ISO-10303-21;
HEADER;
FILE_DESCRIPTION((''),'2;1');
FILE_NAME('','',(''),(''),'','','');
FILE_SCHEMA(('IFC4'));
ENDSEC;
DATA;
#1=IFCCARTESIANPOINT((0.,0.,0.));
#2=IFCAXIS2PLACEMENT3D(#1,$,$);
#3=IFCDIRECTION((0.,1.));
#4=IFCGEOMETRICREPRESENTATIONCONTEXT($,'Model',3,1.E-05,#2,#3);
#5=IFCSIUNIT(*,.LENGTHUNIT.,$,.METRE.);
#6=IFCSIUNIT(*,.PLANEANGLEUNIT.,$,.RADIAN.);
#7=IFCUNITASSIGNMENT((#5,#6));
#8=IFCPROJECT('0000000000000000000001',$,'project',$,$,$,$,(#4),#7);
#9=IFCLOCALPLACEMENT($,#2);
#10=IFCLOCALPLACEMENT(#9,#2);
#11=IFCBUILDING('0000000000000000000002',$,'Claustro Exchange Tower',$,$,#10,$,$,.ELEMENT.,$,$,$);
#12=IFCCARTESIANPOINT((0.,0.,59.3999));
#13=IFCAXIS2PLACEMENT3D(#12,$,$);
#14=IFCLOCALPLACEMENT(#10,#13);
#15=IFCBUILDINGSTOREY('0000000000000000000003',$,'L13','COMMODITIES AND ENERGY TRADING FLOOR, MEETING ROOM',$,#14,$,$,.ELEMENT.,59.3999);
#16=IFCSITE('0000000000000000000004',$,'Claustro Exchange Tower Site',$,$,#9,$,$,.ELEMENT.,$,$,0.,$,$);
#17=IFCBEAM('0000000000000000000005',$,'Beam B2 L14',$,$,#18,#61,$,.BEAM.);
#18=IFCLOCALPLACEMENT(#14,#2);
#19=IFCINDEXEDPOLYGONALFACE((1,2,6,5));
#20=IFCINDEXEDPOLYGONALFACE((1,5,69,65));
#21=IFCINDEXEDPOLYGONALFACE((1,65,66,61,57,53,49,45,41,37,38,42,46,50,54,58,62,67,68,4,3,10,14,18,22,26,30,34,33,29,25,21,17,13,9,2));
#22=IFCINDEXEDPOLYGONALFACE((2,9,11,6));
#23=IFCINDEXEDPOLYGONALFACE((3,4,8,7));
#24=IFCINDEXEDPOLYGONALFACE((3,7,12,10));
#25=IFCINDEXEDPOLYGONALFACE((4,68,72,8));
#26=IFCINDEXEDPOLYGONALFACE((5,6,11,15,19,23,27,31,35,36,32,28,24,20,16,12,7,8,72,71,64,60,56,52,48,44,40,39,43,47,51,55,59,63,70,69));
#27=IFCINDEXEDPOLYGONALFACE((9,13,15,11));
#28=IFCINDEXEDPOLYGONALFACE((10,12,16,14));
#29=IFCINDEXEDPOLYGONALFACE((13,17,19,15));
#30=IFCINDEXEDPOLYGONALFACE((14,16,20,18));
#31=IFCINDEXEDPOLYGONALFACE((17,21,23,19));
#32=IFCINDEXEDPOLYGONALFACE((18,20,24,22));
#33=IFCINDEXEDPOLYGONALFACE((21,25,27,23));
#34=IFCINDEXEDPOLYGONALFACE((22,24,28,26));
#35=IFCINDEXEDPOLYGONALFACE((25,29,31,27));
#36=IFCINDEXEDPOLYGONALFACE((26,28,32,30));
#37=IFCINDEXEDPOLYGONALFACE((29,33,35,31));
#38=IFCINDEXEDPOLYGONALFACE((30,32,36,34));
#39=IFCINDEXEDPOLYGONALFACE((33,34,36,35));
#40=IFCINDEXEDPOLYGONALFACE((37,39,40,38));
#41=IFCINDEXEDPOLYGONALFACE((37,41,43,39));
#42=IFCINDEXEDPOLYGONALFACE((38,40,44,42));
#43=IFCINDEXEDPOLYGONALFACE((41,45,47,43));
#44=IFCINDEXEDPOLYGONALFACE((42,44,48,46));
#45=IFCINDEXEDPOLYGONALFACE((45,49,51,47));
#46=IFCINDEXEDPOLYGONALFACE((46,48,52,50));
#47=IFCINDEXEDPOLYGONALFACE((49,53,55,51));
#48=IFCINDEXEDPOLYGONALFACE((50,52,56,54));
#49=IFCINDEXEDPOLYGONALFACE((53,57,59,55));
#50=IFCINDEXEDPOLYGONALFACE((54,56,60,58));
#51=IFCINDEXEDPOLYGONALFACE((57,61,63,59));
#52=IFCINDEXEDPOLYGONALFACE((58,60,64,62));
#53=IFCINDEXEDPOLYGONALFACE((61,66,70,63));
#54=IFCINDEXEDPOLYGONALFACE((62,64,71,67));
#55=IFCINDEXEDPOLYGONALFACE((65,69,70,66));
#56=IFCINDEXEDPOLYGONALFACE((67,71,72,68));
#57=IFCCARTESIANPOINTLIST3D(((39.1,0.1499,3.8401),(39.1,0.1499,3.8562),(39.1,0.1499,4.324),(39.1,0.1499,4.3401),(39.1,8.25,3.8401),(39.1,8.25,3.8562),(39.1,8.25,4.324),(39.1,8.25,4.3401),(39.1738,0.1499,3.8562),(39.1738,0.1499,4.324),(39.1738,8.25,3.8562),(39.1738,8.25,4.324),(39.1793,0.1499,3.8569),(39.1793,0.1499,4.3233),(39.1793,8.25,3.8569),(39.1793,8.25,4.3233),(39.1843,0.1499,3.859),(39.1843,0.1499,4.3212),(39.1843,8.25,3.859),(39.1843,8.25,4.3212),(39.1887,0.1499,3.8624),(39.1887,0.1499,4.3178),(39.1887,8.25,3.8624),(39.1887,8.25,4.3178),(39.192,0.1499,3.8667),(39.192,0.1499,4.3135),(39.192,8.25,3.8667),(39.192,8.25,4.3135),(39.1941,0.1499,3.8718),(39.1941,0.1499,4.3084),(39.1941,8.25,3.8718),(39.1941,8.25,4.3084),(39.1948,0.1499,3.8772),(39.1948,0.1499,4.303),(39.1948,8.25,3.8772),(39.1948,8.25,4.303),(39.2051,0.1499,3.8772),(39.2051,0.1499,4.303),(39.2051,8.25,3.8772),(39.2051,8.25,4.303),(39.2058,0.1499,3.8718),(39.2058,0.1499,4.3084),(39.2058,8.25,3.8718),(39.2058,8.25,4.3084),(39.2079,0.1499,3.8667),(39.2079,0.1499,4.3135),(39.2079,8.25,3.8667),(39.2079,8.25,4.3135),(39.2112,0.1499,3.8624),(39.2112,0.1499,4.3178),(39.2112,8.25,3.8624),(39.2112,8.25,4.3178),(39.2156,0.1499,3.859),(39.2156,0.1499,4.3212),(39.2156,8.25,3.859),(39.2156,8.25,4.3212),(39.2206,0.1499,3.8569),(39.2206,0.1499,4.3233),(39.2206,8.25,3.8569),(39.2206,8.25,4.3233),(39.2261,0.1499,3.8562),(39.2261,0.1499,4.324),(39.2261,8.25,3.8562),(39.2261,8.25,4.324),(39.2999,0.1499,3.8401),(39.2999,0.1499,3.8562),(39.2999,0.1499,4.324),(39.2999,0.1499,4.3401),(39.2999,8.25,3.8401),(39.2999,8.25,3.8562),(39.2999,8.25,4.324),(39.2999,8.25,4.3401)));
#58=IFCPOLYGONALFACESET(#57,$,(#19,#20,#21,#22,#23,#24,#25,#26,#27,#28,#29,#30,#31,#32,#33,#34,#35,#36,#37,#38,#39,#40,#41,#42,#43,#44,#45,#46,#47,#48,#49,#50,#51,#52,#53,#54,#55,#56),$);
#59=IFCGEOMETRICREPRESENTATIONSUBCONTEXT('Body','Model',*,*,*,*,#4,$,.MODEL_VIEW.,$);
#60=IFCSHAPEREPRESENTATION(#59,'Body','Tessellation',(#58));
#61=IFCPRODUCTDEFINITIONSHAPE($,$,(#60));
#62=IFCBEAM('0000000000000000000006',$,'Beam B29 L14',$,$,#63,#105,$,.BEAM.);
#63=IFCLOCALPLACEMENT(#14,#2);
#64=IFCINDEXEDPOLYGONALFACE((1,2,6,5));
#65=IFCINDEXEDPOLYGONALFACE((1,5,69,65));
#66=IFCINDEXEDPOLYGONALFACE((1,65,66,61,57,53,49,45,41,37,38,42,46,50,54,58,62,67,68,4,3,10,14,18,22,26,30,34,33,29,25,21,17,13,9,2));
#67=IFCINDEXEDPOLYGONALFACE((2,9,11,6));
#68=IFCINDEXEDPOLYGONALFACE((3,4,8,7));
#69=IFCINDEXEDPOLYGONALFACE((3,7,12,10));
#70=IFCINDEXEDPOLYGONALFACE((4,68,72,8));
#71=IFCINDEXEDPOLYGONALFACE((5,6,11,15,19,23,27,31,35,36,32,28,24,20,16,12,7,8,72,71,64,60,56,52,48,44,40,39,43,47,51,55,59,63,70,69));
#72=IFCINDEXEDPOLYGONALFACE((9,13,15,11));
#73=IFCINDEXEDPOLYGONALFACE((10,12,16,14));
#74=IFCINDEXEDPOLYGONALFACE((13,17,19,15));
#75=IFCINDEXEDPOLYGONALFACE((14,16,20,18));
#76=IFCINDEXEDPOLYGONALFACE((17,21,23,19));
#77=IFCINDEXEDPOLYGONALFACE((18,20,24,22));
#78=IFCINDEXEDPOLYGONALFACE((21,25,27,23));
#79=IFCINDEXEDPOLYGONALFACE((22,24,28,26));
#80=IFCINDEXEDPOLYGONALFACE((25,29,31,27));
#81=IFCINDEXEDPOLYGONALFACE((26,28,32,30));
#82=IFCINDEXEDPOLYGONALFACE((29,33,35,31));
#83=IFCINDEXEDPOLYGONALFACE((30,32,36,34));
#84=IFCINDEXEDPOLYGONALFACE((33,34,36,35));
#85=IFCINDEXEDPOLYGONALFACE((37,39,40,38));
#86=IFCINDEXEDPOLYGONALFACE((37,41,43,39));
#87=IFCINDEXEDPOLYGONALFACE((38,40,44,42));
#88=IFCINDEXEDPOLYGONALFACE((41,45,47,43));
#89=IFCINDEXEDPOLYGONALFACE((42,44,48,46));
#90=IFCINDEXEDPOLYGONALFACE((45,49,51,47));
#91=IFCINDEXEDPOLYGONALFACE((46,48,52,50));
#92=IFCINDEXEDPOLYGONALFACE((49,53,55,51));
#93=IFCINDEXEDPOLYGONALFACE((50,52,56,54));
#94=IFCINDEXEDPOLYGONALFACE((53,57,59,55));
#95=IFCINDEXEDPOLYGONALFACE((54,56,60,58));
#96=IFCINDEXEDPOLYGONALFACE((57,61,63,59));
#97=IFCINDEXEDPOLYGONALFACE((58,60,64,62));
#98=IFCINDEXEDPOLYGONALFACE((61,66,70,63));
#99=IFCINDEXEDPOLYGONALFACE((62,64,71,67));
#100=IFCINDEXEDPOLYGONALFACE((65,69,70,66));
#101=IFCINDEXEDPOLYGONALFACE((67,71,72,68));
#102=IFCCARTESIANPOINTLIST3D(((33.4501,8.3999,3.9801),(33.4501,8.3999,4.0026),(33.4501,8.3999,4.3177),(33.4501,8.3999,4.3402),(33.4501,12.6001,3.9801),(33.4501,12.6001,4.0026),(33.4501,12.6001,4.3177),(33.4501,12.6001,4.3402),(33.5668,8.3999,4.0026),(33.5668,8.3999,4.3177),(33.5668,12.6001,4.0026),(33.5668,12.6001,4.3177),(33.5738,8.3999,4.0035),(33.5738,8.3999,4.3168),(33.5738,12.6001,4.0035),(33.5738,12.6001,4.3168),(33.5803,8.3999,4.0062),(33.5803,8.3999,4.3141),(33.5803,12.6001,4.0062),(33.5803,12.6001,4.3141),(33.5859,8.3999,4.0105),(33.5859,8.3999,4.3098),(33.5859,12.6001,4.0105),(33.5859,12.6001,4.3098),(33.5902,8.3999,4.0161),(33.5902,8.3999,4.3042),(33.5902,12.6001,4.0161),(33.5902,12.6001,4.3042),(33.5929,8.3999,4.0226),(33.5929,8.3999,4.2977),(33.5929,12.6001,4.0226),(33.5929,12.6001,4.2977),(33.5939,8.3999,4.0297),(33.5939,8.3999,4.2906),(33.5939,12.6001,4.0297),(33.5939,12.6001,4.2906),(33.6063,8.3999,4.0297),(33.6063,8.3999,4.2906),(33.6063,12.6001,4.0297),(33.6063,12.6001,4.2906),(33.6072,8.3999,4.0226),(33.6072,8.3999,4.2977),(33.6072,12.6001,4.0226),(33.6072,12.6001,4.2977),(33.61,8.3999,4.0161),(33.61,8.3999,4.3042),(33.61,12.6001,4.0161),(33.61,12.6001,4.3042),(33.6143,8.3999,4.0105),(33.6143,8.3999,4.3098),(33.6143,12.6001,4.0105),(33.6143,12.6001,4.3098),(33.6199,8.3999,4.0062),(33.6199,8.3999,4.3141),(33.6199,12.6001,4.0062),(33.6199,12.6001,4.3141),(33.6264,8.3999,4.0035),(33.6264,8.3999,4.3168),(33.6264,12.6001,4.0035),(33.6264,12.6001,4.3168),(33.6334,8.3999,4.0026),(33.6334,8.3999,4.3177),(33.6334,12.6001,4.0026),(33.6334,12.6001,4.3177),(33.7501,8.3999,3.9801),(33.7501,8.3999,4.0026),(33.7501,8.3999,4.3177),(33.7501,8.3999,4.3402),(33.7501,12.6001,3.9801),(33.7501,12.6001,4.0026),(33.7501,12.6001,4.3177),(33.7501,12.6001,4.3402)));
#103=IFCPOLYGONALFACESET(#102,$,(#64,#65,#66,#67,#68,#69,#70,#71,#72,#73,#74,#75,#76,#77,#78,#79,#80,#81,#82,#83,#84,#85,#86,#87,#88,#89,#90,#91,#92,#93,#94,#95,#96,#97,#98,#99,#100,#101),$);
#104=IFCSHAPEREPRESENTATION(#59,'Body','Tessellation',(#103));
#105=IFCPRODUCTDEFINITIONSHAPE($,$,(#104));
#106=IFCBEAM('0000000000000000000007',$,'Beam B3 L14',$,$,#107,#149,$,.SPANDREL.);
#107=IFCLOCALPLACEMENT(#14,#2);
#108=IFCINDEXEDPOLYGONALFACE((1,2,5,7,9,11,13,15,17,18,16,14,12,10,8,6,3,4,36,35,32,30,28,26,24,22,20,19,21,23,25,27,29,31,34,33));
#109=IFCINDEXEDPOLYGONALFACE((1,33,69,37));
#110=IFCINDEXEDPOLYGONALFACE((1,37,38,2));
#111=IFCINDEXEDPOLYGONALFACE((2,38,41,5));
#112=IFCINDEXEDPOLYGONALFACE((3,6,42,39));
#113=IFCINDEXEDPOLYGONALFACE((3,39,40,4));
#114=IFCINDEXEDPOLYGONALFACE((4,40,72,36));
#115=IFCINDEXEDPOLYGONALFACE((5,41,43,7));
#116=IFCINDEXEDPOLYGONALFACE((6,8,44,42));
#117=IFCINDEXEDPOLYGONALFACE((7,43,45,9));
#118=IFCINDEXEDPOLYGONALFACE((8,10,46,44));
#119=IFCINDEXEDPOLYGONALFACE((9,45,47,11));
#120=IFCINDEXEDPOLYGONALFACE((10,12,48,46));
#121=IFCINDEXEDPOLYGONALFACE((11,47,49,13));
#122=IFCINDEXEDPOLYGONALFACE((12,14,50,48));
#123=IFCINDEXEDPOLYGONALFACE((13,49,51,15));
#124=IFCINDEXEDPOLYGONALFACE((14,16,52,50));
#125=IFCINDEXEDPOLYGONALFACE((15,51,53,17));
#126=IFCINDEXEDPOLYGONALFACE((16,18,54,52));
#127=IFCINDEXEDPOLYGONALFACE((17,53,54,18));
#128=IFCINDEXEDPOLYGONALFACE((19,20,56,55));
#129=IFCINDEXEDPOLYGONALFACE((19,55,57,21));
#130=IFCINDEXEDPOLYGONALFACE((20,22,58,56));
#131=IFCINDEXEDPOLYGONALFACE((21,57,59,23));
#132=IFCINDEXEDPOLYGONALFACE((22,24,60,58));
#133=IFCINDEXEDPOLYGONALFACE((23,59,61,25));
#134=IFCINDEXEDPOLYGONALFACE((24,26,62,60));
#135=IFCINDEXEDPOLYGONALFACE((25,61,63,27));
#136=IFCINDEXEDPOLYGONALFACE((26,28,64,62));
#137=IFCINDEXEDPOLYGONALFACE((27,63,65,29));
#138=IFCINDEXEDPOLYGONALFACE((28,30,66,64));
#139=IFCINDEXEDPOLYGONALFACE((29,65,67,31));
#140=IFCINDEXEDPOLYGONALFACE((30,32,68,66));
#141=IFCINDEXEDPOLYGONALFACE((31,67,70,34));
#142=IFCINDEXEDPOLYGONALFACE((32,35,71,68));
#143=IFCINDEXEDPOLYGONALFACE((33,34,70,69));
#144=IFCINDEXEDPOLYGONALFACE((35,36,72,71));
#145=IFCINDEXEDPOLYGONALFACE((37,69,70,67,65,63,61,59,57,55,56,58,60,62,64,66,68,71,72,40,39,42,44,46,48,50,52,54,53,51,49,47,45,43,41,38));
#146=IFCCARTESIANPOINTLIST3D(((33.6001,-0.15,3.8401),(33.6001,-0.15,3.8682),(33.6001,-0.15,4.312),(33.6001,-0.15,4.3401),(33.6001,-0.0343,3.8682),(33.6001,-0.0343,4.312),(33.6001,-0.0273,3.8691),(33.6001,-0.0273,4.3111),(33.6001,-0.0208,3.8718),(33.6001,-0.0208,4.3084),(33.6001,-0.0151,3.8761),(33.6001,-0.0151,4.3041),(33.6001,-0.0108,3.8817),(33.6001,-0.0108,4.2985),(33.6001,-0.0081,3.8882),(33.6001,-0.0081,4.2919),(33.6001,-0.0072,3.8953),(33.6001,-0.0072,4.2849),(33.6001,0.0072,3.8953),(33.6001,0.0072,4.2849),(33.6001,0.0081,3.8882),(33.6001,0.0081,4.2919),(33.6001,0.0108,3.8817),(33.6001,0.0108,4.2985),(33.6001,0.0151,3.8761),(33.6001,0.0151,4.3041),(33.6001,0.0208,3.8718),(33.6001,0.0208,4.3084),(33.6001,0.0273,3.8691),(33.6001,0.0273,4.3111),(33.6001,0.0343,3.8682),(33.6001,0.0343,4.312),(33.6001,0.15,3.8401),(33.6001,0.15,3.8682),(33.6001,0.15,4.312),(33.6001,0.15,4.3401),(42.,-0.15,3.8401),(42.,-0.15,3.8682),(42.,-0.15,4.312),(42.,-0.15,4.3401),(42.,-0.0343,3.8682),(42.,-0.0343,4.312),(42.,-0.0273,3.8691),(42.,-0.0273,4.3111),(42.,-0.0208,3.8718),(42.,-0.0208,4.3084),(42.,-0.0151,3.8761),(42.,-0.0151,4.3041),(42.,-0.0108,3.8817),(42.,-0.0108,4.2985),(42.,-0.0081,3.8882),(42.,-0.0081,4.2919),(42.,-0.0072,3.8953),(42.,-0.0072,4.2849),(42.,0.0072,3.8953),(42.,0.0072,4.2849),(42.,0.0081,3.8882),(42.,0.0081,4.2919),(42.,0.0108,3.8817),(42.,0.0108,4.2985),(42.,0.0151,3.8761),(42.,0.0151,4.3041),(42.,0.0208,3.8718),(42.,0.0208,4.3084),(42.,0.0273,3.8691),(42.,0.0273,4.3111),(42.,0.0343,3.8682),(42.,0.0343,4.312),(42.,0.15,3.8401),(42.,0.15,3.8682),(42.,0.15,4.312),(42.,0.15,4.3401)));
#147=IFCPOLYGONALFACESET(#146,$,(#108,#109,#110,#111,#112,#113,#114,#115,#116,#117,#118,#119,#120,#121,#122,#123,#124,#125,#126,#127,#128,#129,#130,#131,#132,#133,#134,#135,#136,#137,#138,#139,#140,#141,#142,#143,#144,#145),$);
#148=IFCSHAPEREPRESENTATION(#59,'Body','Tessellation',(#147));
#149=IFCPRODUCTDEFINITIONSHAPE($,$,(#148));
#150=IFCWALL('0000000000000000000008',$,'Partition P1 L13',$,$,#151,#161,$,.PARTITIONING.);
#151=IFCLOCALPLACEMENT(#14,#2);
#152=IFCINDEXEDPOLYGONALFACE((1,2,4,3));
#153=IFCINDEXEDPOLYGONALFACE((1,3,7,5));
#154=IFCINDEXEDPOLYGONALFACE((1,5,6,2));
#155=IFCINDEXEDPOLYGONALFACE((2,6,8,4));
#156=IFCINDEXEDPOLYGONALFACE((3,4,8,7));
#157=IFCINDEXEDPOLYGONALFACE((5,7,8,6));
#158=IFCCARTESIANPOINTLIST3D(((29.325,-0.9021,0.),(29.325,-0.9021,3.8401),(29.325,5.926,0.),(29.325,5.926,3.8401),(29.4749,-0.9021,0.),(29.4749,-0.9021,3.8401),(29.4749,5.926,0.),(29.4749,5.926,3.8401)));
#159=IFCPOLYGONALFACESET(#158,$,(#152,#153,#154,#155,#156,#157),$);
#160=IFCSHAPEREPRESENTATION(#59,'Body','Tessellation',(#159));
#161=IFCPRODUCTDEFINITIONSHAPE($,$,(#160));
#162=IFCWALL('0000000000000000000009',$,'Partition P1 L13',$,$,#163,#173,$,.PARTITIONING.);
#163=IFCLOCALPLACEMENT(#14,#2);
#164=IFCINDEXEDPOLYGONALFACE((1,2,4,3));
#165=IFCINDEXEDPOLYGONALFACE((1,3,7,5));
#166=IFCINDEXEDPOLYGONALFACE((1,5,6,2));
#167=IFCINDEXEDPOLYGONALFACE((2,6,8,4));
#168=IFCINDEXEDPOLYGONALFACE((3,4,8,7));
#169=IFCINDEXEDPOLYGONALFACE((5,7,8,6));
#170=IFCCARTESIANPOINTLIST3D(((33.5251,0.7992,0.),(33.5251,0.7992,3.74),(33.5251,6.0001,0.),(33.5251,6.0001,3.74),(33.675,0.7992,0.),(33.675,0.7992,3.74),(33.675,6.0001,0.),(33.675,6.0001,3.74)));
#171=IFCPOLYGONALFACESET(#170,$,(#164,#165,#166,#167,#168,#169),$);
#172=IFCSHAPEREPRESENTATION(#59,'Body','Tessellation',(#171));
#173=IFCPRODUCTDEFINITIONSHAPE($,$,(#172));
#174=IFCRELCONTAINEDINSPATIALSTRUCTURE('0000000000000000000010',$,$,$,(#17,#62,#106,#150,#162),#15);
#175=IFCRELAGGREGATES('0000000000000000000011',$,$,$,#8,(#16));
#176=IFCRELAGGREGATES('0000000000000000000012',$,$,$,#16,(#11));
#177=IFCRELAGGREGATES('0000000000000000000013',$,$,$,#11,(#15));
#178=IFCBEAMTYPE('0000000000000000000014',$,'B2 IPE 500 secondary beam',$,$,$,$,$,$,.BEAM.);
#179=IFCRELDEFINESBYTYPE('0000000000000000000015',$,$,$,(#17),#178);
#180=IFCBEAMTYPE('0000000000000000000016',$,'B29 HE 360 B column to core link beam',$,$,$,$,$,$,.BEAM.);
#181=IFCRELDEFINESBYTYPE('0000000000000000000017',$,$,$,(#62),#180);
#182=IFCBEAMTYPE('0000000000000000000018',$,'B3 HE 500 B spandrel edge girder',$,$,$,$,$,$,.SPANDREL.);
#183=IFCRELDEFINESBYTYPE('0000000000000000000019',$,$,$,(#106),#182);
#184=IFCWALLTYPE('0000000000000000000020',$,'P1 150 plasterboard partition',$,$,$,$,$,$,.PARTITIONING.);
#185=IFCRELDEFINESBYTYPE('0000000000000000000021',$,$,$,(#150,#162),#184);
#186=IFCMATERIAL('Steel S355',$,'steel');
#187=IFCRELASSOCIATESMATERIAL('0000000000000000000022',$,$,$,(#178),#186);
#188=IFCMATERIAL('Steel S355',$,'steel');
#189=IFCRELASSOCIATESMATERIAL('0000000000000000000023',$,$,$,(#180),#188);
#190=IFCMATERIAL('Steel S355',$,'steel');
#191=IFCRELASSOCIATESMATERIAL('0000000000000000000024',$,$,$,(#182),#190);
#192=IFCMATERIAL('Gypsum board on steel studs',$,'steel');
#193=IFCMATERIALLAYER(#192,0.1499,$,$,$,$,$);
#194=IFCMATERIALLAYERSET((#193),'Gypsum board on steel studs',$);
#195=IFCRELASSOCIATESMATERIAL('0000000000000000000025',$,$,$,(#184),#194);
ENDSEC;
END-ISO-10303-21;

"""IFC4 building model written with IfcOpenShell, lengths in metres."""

from ifc_helpers import new_model, si_unit, direction, frame, frame_2d, origin, origin_2d, place, context, subcontext, project, spatial, rectangle, i_section, extrude, material, layer, layer_set, material_profile, profile_set, type_object, element, save


model = new_model("IFC4")

# Units and contexts
model_context = context("Model", 3, precision=1e-05, world=origin(), true_north=direction((0.0, 1.0)))
body_context = subcontext(model_context, "Body", "Model", "MODEL_VIEW")
ifc_project = project(units=[si_unit("LENGTHUNIT", "METRE"), si_unit("PLANEANGLEUNIT", "RADIAN")], contexts=[model_context])

# Site, building, storey
site_placement = place(None, origin())
site = spatial("IfcSite", under=ifc_project, at=site_placement, Name="Claustro Exchange Tower Site", CompositionType="ELEMENT", RefElevation=0.0)
building_placement = place(site_placement, origin())
building = spatial("IfcBuilding", under=site, at=building_placement, Name="Claustro Exchange Tower", CompositionType="ELEMENT")
storey_placement = place(building_placement, frame((0.0, 0.0, 59.3999)))
storey = spatial("IfcBuildingStorey", under=building, at=storey_placement, Name="L13", Description="COMMODITIES AND ENERGY TRADING FLOOR, MEETING ROOM", CompositionType="ELEMENT", Elevation=59.3999)

# Beams
ifc_material_1 = material(Name="Steel S355", Category="steel")
ifc_material_profile_1 = material_profile(ifc_material_1, i_section(OverallWidth=0.2, OverallDepth=0.5, WebThickness=0.0103, FlangeThickness=0.0161, FilletRadius=0.021, at=origin_2d()), Name="IPE 500")
ifc_profile_set_1 = profile_set([ifc_material_profile_1], Name="Steel S355")
beam_type_1 = type_object("IfcBeamType", Name="B2 IPE 500 secondary beam", PredefinedType="BEAM", material=ifc_profile_set_1)
for number, where, z_axis, x_axis, name in (
    (1, (39.2, 0.1499, 4.0901), (0.0, 1.0, 0.0), (-1.0, 0.0, 0.0), "Beam B2 L14"),
):
    element("IfcBeam", number, at=place(storey_placement, frame(where, z_axis=z_axis, x_axis=x_axis)), inside=storey, type_object=beam_type_1, Name=name, PredefinedType="BEAM", context=body_context, shape_type="SweptSolid", body=[
        extrude(i_section(OverallWidth=0.2, OverallDepth=0.5, WebThickness=0.0103, FlangeThickness=0.0161, FilletRadius=0.021, at=origin_2d()), origin(), (0.0, 0.0, 1.0), 8.1001),
    ])
ifc_material_2 = material(Name="Steel S355", Category="steel")
ifc_material_profile_2 = material_profile(ifc_material_2, i_section(OverallWidth=0.3, OverallDepth=0.3601, WebThickness=0.0125, FlangeThickness=0.0225, FilletRadius=0.0271, at=origin_2d()), Name="HE 360 B")
ifc_profile_set_2 = profile_set([ifc_material_profile_2], Name="Steel S355")
beam_type_2 = type_object("IfcBeamType", Name="B29 HE 360 B column to core link beam", PredefinedType="BEAM", material=ifc_profile_set_2)
beam_1_placement = place(storey_placement, frame((33.6001, 8.3999, 4.1602), z_axis=(0.0, 1.0, 0.0), x_axis=(-1.0, 0.0, 0.0)))
element("IfcBeam", 2, at=beam_1_placement, inside=storey, type_object=beam_type_2, Name="Beam B29 L14", PredefinedType="BEAM", context=body_context, shape_type="SweptSolid", body=[
    extrude(i_section(OverallWidth=0.3, OverallDepth=0.3601, WebThickness=0.0125, FlangeThickness=0.0225, FilletRadius=0.0271, at=origin_2d()), origin(), (0.0, 0.0, 1.0), 4.2002),
])
ifc_material_3 = material(Name="Steel S355", Category="steel")
ifc_material_profile_3 = material_profile(ifc_material_3, i_section(OverallWidth=0.3, OverallDepth=0.5, WebThickness=0.0144, FlangeThickness=0.0281, FilletRadius=0.0271, at=origin_2d()), Name="HE 500 B")
ifc_profile_set_3 = profile_set([ifc_material_profile_3], Name="Steel S355")
beam_type_3 = type_object("IfcBeamType", Name="B3 HE 500 B spandrel edge girder", PredefinedType="SPANDREL", material=ifc_profile_set_3)
beam_2_placement = place(storey_placement, frame((33.6001, 0.0, 4.0901), z_axis=(1.0, 0.0, 0.0), x_axis=(0.0, 1.0, 0.0)))
element("IfcBeam", 3, at=beam_2_placement, inside=storey, type_object=beam_type_3, Name="Beam B3 L14", PredefinedType="SPANDREL", context=body_context, shape_type="SweptSolid", body=[
    extrude(i_section(OverallWidth=0.3, OverallDepth=0.5, WebThickness=0.0144, FlangeThickness=0.0281, FilletRadius=0.0271, at=origin_2d()), origin(), (0.0, 0.0, 1.0), 8.3999),
])

# Walls
ifc_material_4 = material(Name="Gypsum board on steel studs", Category="steel")
ifc_layer_1 = layer(ifc_material_4, 0.1499)
ifc_layer_set_1 = layer_set([ifc_layer_1], Name="Gypsum board on steel studs")
wall_type_1 = type_object("IfcWallType", Name="P1 150 plasterboard partition", PredefinedType="PARTITIONING", material=ifc_layer_set_1)
wall_1_placement = place(storey_placement, frame((29.3999, -0.9021, 0.0), z_axis=(0.0, 0.0, 1.0), x_axis=(0.0, 1.0, 0.0)))
element("IfcWall", 4, at=wall_1_placement, inside=storey, type_object=wall_type_1, Name="Partition P1 L13", PredefinedType="PARTITIONING", context=body_context, shape_type="SweptSolid", body=[
    extrude(rectangle(XDim=6.8281, YDim=0.1499, at=frame_2d((3.4141, 0.0))), origin(), (0.0, 0.0, 1.0), 3.8401),
])
wall_2_placement = place(storey_placement, frame((33.6001, 0.7991, 0.0), z_axis=(0.0, 0.0, 1.0), x_axis=(0.0, 1.0, 0.0)))
element("IfcWall", 5, at=wall_2_placement, inside=storey, type_object=wall_type_1, Name="Partition P1 L13", PredefinedType="PARTITIONING", context=body_context, shape_type="SweptSolid", body=[
    extrude(rectangle(XDim=5.2009, YDim=0.1499, at=frame_2d((2.6006, 0.0))), origin(), (0.0, 0.0, 1.0), 3.74),
])

save(model, "model.ifc")
